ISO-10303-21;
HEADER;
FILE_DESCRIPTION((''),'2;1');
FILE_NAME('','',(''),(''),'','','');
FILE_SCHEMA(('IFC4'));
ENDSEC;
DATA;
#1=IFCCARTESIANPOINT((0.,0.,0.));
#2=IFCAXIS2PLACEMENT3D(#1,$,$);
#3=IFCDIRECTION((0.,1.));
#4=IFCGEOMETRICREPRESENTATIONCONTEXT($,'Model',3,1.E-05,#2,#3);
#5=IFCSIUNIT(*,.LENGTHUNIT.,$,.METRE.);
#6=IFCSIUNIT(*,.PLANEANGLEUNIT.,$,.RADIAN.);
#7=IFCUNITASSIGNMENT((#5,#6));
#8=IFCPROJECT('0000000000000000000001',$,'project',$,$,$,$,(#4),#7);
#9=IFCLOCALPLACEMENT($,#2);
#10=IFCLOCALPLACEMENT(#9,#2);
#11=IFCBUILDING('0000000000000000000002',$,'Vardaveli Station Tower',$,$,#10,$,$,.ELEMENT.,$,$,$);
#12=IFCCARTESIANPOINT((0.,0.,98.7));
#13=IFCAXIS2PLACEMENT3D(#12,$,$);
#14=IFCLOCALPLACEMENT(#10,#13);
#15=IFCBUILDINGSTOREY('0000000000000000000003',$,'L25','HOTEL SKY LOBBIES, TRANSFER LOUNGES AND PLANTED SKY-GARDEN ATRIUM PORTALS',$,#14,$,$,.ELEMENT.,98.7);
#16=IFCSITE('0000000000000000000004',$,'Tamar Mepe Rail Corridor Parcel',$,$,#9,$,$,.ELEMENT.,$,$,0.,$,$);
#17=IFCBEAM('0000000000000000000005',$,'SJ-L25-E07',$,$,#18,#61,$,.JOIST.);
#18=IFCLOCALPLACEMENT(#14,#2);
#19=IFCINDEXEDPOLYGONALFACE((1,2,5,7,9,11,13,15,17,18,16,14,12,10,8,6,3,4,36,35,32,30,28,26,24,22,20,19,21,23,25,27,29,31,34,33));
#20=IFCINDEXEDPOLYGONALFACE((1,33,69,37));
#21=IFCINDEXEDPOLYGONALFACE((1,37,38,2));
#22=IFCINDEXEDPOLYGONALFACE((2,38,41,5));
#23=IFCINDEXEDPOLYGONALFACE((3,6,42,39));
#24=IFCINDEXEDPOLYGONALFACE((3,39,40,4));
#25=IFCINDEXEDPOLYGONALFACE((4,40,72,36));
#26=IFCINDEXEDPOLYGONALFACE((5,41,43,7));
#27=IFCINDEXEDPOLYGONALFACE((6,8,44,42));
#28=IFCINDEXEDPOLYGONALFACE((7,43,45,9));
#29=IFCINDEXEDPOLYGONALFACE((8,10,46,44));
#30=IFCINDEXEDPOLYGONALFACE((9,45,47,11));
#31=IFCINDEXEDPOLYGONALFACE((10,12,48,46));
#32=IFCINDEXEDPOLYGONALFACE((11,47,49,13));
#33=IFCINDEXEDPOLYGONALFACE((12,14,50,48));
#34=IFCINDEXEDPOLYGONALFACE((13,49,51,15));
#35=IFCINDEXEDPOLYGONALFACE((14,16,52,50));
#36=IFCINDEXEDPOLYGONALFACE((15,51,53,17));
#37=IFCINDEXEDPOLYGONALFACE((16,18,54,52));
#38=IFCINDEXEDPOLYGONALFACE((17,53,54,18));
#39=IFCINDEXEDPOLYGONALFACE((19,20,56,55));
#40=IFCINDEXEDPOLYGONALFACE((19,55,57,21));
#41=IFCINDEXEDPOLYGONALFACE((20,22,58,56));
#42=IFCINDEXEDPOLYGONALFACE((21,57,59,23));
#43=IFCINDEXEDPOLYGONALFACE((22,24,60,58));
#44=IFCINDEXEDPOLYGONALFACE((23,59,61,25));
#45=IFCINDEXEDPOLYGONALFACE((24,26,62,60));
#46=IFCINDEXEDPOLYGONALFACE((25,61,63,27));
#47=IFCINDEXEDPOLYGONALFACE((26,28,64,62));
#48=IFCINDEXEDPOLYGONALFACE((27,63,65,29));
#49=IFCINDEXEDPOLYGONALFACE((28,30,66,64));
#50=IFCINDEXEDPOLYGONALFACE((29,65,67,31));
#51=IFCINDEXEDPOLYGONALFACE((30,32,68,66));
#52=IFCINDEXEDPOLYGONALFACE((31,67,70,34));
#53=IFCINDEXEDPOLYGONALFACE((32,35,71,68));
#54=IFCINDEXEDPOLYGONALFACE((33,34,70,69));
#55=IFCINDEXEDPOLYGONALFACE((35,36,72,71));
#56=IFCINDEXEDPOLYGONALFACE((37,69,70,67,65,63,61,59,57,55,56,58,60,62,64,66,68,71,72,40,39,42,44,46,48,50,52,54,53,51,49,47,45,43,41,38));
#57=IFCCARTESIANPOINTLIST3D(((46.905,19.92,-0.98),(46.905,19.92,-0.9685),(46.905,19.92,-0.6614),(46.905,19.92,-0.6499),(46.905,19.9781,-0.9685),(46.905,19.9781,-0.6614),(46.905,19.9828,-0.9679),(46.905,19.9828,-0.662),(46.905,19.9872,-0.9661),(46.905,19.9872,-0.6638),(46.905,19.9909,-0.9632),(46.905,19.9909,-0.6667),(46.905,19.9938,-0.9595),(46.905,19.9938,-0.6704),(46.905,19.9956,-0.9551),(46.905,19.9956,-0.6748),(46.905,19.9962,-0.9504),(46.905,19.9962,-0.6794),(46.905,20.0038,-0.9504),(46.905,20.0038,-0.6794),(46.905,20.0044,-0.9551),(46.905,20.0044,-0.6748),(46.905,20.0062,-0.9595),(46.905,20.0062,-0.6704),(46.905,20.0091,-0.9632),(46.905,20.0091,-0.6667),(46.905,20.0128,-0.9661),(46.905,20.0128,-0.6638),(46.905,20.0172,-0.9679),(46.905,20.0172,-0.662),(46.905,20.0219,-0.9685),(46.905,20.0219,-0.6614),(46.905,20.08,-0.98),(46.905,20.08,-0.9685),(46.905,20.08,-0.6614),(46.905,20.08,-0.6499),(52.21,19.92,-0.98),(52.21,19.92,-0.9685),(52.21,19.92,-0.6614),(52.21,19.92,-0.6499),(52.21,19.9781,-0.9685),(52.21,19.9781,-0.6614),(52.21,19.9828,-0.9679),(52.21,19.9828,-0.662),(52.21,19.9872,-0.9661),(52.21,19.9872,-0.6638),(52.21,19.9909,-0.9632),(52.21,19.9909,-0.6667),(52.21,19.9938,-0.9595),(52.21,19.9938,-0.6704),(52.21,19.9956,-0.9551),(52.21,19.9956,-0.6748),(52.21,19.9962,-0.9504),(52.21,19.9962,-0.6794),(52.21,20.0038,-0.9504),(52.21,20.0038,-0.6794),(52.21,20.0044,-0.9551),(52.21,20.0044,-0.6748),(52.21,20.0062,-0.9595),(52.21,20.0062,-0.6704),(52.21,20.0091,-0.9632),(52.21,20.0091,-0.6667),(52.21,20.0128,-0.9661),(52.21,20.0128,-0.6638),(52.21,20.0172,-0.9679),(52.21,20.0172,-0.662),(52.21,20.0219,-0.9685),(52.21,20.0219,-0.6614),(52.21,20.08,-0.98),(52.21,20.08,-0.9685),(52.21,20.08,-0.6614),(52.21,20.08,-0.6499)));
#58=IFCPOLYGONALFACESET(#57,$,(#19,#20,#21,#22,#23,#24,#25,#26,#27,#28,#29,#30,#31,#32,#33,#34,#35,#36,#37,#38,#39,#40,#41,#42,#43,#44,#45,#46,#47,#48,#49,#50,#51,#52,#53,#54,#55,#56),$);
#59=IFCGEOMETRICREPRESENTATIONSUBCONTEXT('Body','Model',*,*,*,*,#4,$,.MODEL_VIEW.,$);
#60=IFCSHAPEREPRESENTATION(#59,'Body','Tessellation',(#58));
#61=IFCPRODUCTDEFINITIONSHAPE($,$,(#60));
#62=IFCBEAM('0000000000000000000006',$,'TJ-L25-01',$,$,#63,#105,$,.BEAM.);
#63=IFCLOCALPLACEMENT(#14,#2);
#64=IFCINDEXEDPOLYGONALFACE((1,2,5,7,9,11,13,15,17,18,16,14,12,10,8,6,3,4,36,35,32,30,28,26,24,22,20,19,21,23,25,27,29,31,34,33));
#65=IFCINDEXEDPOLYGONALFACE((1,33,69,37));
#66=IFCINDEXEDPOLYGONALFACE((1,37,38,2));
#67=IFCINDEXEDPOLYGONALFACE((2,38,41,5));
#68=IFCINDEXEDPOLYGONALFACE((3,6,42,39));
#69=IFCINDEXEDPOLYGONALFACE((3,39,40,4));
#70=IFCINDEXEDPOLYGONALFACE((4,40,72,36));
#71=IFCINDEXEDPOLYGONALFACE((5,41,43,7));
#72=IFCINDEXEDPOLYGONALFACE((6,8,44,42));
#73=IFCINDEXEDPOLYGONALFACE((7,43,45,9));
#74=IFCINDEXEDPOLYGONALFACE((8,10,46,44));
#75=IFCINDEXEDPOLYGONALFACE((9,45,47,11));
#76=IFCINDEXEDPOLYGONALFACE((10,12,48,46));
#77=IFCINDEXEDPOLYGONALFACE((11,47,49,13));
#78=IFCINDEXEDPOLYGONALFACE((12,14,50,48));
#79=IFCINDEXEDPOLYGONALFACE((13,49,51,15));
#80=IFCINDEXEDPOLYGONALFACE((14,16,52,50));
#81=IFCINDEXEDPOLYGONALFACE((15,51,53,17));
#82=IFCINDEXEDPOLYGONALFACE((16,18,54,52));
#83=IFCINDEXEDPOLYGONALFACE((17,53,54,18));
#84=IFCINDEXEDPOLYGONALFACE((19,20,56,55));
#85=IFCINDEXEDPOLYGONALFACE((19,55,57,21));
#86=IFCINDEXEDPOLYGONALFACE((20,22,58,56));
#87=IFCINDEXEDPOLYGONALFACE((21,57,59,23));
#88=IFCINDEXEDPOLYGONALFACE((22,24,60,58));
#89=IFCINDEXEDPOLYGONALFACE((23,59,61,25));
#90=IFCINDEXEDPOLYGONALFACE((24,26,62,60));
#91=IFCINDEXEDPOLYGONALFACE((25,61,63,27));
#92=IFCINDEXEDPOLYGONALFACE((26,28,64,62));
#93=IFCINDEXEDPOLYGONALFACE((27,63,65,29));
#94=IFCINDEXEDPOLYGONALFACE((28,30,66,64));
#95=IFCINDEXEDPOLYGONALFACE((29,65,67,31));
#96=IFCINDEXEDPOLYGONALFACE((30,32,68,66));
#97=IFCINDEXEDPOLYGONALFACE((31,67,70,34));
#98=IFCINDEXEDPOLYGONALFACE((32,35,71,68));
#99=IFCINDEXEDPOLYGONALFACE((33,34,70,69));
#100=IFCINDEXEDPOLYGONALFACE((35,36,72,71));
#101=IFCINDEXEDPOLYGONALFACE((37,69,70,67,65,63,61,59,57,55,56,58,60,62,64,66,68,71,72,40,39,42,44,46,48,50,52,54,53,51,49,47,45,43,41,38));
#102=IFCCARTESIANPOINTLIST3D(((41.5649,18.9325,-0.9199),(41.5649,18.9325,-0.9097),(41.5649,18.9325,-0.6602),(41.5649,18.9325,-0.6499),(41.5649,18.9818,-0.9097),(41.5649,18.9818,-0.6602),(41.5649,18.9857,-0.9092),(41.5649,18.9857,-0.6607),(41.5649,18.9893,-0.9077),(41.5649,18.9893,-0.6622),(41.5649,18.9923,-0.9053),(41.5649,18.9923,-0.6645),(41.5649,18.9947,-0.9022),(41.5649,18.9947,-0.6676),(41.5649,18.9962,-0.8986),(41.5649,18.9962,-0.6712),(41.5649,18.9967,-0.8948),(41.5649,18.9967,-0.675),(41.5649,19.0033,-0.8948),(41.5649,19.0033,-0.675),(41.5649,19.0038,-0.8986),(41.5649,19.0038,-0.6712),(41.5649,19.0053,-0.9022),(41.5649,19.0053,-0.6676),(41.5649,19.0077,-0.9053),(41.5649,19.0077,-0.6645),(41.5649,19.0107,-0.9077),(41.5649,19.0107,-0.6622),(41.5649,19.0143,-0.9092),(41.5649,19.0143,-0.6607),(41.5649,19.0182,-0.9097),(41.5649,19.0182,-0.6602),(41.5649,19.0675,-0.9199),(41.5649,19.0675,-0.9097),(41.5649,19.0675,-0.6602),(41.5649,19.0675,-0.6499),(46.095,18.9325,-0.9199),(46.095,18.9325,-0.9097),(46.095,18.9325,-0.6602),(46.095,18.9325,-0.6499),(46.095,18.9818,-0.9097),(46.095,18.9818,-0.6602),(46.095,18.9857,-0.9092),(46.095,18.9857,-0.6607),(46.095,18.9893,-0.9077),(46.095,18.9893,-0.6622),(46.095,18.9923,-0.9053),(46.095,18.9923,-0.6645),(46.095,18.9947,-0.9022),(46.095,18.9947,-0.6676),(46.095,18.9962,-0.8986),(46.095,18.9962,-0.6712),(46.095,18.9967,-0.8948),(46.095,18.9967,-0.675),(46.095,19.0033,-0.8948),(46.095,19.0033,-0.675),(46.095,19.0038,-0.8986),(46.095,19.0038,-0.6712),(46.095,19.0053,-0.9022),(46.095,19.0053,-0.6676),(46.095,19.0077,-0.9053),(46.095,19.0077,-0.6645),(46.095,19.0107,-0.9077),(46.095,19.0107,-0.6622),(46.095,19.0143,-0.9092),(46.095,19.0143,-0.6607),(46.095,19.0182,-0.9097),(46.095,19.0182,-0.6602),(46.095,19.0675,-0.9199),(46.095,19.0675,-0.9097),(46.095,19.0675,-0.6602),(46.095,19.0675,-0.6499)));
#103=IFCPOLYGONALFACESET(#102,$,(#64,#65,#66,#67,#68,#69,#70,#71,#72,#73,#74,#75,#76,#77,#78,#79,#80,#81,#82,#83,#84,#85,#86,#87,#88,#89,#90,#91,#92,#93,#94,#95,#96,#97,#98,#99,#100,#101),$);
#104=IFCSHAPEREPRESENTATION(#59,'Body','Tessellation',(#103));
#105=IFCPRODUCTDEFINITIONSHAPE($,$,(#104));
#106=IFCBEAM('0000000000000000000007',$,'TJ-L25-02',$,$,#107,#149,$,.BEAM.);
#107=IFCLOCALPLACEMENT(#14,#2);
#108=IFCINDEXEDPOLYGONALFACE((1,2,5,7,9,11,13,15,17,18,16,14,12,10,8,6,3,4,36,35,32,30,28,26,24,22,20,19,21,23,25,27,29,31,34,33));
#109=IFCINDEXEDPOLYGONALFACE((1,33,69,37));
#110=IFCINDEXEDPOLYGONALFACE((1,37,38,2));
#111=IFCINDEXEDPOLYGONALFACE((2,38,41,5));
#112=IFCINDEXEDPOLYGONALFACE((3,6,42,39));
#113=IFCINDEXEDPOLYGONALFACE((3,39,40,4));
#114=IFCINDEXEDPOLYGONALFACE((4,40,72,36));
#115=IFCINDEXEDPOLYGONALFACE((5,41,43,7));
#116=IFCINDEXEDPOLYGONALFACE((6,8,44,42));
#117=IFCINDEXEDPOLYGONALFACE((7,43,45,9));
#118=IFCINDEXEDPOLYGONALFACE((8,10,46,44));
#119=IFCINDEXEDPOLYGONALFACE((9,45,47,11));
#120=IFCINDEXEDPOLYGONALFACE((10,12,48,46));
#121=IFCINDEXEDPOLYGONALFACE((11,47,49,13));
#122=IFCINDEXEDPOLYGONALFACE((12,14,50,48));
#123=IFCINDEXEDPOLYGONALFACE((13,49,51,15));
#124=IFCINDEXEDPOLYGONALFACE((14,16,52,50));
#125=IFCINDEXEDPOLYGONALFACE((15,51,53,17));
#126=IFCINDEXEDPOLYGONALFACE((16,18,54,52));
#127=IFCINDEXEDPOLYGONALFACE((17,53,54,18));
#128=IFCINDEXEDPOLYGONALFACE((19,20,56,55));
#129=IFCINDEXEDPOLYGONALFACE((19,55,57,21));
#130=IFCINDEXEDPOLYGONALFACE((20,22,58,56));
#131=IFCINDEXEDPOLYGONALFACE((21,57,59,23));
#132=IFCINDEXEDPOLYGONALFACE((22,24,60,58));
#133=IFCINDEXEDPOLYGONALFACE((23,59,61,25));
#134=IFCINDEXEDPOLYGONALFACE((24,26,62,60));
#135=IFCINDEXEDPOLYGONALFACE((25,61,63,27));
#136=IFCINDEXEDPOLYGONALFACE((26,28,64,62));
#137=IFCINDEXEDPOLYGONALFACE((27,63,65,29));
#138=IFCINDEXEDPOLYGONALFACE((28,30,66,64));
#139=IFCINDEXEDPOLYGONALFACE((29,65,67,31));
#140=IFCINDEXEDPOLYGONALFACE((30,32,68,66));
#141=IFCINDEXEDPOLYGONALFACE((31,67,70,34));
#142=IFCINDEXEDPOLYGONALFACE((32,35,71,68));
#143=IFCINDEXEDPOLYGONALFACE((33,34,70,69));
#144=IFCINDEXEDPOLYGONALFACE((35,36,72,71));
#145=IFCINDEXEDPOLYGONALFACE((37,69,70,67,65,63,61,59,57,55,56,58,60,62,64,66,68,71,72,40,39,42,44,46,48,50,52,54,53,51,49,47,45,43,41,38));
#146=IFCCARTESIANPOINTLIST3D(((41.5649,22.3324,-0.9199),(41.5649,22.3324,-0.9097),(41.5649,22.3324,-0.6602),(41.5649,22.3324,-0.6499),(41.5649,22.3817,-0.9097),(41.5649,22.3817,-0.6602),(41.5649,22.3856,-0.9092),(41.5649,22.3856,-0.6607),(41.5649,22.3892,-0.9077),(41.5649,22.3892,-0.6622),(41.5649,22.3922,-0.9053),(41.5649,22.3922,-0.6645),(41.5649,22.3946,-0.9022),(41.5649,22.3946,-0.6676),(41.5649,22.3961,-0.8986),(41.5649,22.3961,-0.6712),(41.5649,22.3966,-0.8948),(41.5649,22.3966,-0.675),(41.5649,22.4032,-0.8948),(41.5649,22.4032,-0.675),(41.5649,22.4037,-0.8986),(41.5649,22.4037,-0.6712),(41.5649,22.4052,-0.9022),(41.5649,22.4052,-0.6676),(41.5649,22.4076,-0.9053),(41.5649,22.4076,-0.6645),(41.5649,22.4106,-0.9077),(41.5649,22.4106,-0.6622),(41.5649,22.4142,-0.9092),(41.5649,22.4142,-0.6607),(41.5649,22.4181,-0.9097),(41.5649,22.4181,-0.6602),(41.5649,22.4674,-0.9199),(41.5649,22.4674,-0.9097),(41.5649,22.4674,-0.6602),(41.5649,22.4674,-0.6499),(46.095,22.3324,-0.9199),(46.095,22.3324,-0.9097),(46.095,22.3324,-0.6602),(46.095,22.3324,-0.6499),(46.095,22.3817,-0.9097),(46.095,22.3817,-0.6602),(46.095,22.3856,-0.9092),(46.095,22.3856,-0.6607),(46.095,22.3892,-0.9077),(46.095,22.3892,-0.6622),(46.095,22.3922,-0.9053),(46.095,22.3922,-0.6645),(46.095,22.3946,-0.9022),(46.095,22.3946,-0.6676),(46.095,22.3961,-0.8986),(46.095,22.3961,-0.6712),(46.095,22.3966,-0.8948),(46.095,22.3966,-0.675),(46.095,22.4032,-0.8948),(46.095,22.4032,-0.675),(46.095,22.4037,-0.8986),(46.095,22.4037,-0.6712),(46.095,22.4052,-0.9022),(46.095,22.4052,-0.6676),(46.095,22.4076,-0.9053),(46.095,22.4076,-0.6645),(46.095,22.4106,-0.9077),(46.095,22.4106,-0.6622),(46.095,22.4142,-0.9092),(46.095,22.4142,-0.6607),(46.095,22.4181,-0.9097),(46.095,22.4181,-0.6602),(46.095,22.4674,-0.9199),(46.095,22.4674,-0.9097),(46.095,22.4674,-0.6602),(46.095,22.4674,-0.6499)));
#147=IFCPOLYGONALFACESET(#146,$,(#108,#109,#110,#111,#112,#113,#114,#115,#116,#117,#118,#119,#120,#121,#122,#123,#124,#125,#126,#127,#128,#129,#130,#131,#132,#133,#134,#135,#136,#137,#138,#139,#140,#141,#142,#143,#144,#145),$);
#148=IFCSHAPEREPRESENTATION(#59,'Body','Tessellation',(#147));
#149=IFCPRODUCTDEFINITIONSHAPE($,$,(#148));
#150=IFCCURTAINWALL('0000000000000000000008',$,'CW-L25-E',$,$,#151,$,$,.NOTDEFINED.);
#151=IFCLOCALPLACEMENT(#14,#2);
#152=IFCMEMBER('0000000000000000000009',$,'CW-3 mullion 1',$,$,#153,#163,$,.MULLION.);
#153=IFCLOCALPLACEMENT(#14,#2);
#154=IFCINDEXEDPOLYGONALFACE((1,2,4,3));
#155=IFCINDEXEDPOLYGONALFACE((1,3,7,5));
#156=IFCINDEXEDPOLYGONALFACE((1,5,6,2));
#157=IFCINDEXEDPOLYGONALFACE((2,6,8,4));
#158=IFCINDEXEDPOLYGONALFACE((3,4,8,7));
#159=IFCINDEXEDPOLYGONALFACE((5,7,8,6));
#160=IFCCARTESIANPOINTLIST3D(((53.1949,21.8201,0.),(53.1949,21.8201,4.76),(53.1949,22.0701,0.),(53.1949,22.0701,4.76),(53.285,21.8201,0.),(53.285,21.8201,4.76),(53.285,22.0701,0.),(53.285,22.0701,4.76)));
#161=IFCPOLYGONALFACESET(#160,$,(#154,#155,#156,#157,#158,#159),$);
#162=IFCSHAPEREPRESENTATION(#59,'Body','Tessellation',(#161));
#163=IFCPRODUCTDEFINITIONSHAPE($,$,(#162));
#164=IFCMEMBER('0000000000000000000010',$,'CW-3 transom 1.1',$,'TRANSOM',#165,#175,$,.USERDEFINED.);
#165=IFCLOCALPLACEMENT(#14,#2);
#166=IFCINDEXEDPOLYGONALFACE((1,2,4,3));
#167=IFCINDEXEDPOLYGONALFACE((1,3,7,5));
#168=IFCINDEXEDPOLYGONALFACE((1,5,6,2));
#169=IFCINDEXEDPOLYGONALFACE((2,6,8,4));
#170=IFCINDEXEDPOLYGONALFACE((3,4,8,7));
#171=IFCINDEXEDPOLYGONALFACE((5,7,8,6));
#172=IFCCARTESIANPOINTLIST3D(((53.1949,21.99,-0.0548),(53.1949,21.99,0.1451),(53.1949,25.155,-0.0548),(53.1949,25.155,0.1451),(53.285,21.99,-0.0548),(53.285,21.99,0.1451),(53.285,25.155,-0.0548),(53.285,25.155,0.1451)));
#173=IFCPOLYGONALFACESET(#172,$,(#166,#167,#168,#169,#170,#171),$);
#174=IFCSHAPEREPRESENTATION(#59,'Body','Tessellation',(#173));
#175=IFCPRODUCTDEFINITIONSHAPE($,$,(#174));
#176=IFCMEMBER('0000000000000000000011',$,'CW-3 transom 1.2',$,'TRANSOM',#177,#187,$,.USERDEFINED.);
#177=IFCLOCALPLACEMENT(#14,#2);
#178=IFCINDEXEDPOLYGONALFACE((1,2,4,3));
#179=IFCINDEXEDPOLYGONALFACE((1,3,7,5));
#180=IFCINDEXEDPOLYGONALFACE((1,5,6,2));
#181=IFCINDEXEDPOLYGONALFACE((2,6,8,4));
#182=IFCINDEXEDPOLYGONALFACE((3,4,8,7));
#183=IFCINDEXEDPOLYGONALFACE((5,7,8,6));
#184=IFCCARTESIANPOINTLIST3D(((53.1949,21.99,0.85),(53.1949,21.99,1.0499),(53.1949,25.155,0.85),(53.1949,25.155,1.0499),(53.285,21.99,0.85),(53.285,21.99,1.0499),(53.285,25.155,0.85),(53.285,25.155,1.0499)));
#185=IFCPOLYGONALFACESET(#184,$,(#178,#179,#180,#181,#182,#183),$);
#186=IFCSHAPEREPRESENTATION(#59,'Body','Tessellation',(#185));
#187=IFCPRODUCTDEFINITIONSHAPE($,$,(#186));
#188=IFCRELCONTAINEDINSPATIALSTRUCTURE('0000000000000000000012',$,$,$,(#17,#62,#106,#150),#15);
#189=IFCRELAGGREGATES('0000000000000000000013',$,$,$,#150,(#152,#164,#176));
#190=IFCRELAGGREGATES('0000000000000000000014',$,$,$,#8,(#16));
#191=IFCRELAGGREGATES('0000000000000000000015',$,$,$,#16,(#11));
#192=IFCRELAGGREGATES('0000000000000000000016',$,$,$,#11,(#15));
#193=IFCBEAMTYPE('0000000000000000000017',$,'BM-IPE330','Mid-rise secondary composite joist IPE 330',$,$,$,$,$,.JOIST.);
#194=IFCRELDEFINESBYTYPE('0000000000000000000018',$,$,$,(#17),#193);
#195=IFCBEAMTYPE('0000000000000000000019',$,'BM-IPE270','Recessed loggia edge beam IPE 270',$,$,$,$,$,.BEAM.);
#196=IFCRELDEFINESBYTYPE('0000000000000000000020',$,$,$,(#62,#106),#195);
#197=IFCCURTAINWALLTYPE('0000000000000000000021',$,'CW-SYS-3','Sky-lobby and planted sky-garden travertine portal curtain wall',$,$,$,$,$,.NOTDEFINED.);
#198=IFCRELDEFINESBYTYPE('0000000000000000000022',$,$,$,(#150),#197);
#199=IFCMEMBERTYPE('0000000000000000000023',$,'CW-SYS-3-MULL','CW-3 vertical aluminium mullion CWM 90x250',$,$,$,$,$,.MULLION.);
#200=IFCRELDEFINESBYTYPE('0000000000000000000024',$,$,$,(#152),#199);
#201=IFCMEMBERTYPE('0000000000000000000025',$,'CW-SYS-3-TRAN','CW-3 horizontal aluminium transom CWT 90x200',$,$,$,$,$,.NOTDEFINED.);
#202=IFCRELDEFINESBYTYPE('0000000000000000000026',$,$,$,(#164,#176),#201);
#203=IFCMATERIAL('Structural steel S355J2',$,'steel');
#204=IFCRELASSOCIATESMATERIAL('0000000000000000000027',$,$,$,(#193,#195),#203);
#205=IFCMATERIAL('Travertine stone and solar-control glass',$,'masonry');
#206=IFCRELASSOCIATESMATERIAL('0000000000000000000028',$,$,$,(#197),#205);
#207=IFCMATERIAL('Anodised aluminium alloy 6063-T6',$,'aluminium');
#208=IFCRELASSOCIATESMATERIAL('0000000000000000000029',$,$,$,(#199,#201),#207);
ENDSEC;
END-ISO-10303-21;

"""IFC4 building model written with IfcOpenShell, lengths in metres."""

from ifc_helpers import new_model, si_unit, direction, frame, origin, origin_2d, place, context, subcontext, project, spatial, rectangle, i_section, extrude, source, transform, mapped, material, material_profile, profile_set, type_object, element, aggregate, save


model = new_model("IFC4")

# Units and contexts
model_context = context("Model", 3, precision=1e-05, world=origin(), true_north=direction((0.0, 1.0)))
body_context = subcontext(model_context, "Body", "Model", "MODEL_VIEW")
ifc_project = project(units=[si_unit("LENGTHUNIT", "METRE"), si_unit("PLANEANGLEUNIT", "RADIAN")], contexts=[model_context])

# Site, building, storey
site_placement = place(None, origin())
site = spatial("IfcSite", under=ifc_project, at=site_placement, Name="Tamar Mepe Rail Corridor Parcel", CompositionType="ELEMENT", RefElevation=0.0)
building_placement = place(site_placement, origin())
building = spatial("IfcBuilding", under=site, at=building_placement, Name="Vardaveli Station Tower", CompositionType="ELEMENT")
storey_placement = place(building_placement, frame((0.0, 0.0, 98.7)))
storey = spatial("IfcBuildingStorey", under=building, at=storey_placement, Name="L25", Description="HOTEL SKY LOBBIES, TRANSFER LOUNGES AND PLANTED SKY-GARDEN ATRIUM PORTALS", CompositionType="ELEMENT", Elevation=98.7)

# Beams
ifc_material_1 = material(Name="Structural steel S355J2", Category="steel")
ifc_material_profile_1 = material_profile(ifc_material_1, i_section(OverallWidth=0.1599, OverallDepth=0.3301, WebThickness=0.0076, FlangeThickness=0.0115, FilletRadius=0.0181, at=origin_2d()), Name="IPE 330")
ifc_profile_set_1 = profile_set([ifc_material_profile_1], Name="Structural steel S355J2")
beam_type_1 = type_object("IfcBeamType", Name="BM-IPE330", Description="Mid-rise secondary composite joist IPE 330", PredefinedType="JOIST", material=ifc_profile_set_1)
shared_shape_1 = source(origin(), body_context, "Body", "SweptSolid", [
    extrude(i_section(OverallWidth=0.1599, OverallDepth=0.3301, WebThickness=0.0076, FlangeThickness=0.0115, FilletRadius=0.0181, at=origin_2d()), origin(), (0.0, 0.0, 1.0), 5.3049),
])
beam_1_placement = place(storey_placement, frame((46.905, 20.0, -0.8149), z_axis=(1.0, 0.0, 0.0), x_axis=(0.0, 1.0, 0.0)))
element("IfcBeam", 1, at=beam_1_placement, inside=storey, type_object=beam_type_1, Name="SJ-L25-E07", PredefinedType="JOIST", context=body_context, shape_type="MappedRepresentation", body=[
    mapped(shared_shape_1, transform((0.0, 0.0, 0.0), scale=1.0)),
])
ifc_material_profile_2 = material_profile(ifc_material_1, i_section(OverallWidth=0.135, OverallDepth=0.27, WebThickness=0.0066, FlangeThickness=0.0103, FilletRadius=0.0149, at=origin_2d()), Name="IPE 270")
ifc_profile_set_2 = profile_set([ifc_material_profile_2], Name="Structural steel S355J2")
beam_type_2 = type_object("IfcBeamType", Name="BM-IPE270", Description="Recessed loggia edge beam IPE 270", PredefinedType="BEAM", material=ifc_profile_set_2)
shared_shape_2 = source(origin(), body_context, "Body", "SweptSolid", [
    extrude(i_section(OverallWidth=0.135, OverallDepth=0.27, WebThickness=0.0066, FlangeThickness=0.0103, FilletRadius=0.0149, at=origin_2d()), origin(), (0.0, 0.0, 1.0), 4.53),
])
for number, where, z_axis, x_axis, name in (
    (2, (41.5649, 19.0, -0.7849), (1.0, 0.0, 0.0), (0.0, 1.0, 0.0), "TJ-L25-01"),
    (3, (41.5649, 22.3999, -0.7849), (1.0, 0.0, 0.0), (0.0, 1.0, 0.0), "TJ-L25-02"),
):
    element("IfcBeam", number, at=place(storey_placement, frame(where, z_axis=z_axis, x_axis=x_axis)), inside=storey, type_object=beam_type_2, Name=name, PredefinedType="BEAM", context=body_context, shape_type="MappedRepresentation", body=[
        mapped(shared_shape_2, transform((0.0, 0.0, 0.0), scale=1.0)),
    ])

# Curtain wall, members
ifc_material_2 = material(Name="Travertine stone and solar-control glass", Category="masonry")
curtain_wall_type_1 = type_object("IfcCurtainWallType", Name="CW-SYS-3", Description="Sky-lobby and planted sky-garden travertine portal curtain wall", PredefinedType="NOTDEFINED", material=ifc_material_2)
curtain_wall_1_placement = place(storey_placement, origin())
curtain_wall_1 = element("IfcCurtainWall", 4, at=curtain_wall_1_placement, inside=storey, type_object=curtain_wall_type_1, Name="CW-L25-E", PredefinedType="NOTDEFINED")
ifc_material_3 = material(Name="Anodised aluminium alloy 6063-T6", Category="aluminium")
ifc_material_profile_3 = material_profile(ifc_material_3, rectangle(XDim=0.0901, YDim=0.25, at=origin_2d()), Name="CWM 90x250")
ifc_profile_set_3 = profile_set([ifc_material_profile_3], Name="Anodised aluminium alloy 6063-T6")
member_type_1 = type_object("IfcMemberType", Name="CW-SYS-3-MULL", Description="CW-3 vertical aluminium mullion CWM 90x250", PredefinedType="MULLION", material=ifc_profile_set_3)
shared_shape_3 = source(origin(), body_context, "Body", "SweptSolid", [
    extrude(rectangle(XDim=0.0901, YDim=0.25, at=origin_2d()), origin(), (0.0, 0.0, 1.0), 4.76),
])
member_1_placement = place(storey_placement, frame((53.24, 21.9451, 0.0), z_axis=(0.0, 0.0, 1.0), x_axis=(-1.0, 0.0, 0.0)))
member_1 = element("IfcMember", 5, at=member_1_placement, type_object=member_type_1, Name="CW-3 mullion 1", PredefinedType="MULLION", context=body_context, shape_type="MappedRepresentation", body=[
    mapped(shared_shape_3, transform((0.0, 0.0, 0.0), scale=1.0)),
])
ifc_material_profile_4 = material_profile(ifc_material_3, rectangle(XDim=0.0901, YDim=0.2, at=origin_2d()), Name="CWT 90x200")
ifc_profile_set_4 = profile_set([ifc_material_profile_4], Name="Anodised aluminium alloy 6063-T6")
member_type_2 = type_object("IfcMemberType", Name="CW-SYS-3-TRAN", Description="CW-3 horizontal aluminium transom CWT 90x200", PredefinedType="NOTDEFINED", material=ifc_profile_set_4)
shared_shape_4 = source(origin(), body_context, "Body", "SweptSolid", [
    extrude(rectangle(XDim=0.0901, YDim=0.2, at=origin_2d()), origin(), (0.0, 0.0, 1.0), 3.165),
])
member_2_placement = place(storey_placement, frame((53.24, 21.99, 0.0452), z_axis=(0.0, 1.0, 0.0), x_axis=(-1.0, 0.0, 0.0)))
member_2 = element("IfcMember", 6, at=member_2_placement, type_object=member_type_2, Name="CW-3 transom 1.1", ObjectType="TRANSOM", PredefinedType="USERDEFINED", context=body_context, shape_type="MappedRepresentation", body=[
    mapped(shared_shape_4, transform((0.0, 0.0, 0.0), scale=1.0)),
])
member_3_placement = place(storey_placement, frame((53.24, 21.99, 0.95), z_axis=(0.0, 1.0, 0.0), x_axis=(-1.0, 0.0, 0.0)))
member_3 = element("IfcMember", 7, at=member_3_placement, type_object=member_type_2, Name="CW-3 transom 1.2", ObjectType="TRANSOM", PredefinedType="USERDEFINED", context=body_context, shape_type="MappedRepresentation", body=[
    mapped(shared_shape_4, transform((0.0, 0.0, 0.0), scale=1.0)),
])

aggregate(curtain_wall_1, [member_1, member_2, member_3])

save(model, "model.ifc")
